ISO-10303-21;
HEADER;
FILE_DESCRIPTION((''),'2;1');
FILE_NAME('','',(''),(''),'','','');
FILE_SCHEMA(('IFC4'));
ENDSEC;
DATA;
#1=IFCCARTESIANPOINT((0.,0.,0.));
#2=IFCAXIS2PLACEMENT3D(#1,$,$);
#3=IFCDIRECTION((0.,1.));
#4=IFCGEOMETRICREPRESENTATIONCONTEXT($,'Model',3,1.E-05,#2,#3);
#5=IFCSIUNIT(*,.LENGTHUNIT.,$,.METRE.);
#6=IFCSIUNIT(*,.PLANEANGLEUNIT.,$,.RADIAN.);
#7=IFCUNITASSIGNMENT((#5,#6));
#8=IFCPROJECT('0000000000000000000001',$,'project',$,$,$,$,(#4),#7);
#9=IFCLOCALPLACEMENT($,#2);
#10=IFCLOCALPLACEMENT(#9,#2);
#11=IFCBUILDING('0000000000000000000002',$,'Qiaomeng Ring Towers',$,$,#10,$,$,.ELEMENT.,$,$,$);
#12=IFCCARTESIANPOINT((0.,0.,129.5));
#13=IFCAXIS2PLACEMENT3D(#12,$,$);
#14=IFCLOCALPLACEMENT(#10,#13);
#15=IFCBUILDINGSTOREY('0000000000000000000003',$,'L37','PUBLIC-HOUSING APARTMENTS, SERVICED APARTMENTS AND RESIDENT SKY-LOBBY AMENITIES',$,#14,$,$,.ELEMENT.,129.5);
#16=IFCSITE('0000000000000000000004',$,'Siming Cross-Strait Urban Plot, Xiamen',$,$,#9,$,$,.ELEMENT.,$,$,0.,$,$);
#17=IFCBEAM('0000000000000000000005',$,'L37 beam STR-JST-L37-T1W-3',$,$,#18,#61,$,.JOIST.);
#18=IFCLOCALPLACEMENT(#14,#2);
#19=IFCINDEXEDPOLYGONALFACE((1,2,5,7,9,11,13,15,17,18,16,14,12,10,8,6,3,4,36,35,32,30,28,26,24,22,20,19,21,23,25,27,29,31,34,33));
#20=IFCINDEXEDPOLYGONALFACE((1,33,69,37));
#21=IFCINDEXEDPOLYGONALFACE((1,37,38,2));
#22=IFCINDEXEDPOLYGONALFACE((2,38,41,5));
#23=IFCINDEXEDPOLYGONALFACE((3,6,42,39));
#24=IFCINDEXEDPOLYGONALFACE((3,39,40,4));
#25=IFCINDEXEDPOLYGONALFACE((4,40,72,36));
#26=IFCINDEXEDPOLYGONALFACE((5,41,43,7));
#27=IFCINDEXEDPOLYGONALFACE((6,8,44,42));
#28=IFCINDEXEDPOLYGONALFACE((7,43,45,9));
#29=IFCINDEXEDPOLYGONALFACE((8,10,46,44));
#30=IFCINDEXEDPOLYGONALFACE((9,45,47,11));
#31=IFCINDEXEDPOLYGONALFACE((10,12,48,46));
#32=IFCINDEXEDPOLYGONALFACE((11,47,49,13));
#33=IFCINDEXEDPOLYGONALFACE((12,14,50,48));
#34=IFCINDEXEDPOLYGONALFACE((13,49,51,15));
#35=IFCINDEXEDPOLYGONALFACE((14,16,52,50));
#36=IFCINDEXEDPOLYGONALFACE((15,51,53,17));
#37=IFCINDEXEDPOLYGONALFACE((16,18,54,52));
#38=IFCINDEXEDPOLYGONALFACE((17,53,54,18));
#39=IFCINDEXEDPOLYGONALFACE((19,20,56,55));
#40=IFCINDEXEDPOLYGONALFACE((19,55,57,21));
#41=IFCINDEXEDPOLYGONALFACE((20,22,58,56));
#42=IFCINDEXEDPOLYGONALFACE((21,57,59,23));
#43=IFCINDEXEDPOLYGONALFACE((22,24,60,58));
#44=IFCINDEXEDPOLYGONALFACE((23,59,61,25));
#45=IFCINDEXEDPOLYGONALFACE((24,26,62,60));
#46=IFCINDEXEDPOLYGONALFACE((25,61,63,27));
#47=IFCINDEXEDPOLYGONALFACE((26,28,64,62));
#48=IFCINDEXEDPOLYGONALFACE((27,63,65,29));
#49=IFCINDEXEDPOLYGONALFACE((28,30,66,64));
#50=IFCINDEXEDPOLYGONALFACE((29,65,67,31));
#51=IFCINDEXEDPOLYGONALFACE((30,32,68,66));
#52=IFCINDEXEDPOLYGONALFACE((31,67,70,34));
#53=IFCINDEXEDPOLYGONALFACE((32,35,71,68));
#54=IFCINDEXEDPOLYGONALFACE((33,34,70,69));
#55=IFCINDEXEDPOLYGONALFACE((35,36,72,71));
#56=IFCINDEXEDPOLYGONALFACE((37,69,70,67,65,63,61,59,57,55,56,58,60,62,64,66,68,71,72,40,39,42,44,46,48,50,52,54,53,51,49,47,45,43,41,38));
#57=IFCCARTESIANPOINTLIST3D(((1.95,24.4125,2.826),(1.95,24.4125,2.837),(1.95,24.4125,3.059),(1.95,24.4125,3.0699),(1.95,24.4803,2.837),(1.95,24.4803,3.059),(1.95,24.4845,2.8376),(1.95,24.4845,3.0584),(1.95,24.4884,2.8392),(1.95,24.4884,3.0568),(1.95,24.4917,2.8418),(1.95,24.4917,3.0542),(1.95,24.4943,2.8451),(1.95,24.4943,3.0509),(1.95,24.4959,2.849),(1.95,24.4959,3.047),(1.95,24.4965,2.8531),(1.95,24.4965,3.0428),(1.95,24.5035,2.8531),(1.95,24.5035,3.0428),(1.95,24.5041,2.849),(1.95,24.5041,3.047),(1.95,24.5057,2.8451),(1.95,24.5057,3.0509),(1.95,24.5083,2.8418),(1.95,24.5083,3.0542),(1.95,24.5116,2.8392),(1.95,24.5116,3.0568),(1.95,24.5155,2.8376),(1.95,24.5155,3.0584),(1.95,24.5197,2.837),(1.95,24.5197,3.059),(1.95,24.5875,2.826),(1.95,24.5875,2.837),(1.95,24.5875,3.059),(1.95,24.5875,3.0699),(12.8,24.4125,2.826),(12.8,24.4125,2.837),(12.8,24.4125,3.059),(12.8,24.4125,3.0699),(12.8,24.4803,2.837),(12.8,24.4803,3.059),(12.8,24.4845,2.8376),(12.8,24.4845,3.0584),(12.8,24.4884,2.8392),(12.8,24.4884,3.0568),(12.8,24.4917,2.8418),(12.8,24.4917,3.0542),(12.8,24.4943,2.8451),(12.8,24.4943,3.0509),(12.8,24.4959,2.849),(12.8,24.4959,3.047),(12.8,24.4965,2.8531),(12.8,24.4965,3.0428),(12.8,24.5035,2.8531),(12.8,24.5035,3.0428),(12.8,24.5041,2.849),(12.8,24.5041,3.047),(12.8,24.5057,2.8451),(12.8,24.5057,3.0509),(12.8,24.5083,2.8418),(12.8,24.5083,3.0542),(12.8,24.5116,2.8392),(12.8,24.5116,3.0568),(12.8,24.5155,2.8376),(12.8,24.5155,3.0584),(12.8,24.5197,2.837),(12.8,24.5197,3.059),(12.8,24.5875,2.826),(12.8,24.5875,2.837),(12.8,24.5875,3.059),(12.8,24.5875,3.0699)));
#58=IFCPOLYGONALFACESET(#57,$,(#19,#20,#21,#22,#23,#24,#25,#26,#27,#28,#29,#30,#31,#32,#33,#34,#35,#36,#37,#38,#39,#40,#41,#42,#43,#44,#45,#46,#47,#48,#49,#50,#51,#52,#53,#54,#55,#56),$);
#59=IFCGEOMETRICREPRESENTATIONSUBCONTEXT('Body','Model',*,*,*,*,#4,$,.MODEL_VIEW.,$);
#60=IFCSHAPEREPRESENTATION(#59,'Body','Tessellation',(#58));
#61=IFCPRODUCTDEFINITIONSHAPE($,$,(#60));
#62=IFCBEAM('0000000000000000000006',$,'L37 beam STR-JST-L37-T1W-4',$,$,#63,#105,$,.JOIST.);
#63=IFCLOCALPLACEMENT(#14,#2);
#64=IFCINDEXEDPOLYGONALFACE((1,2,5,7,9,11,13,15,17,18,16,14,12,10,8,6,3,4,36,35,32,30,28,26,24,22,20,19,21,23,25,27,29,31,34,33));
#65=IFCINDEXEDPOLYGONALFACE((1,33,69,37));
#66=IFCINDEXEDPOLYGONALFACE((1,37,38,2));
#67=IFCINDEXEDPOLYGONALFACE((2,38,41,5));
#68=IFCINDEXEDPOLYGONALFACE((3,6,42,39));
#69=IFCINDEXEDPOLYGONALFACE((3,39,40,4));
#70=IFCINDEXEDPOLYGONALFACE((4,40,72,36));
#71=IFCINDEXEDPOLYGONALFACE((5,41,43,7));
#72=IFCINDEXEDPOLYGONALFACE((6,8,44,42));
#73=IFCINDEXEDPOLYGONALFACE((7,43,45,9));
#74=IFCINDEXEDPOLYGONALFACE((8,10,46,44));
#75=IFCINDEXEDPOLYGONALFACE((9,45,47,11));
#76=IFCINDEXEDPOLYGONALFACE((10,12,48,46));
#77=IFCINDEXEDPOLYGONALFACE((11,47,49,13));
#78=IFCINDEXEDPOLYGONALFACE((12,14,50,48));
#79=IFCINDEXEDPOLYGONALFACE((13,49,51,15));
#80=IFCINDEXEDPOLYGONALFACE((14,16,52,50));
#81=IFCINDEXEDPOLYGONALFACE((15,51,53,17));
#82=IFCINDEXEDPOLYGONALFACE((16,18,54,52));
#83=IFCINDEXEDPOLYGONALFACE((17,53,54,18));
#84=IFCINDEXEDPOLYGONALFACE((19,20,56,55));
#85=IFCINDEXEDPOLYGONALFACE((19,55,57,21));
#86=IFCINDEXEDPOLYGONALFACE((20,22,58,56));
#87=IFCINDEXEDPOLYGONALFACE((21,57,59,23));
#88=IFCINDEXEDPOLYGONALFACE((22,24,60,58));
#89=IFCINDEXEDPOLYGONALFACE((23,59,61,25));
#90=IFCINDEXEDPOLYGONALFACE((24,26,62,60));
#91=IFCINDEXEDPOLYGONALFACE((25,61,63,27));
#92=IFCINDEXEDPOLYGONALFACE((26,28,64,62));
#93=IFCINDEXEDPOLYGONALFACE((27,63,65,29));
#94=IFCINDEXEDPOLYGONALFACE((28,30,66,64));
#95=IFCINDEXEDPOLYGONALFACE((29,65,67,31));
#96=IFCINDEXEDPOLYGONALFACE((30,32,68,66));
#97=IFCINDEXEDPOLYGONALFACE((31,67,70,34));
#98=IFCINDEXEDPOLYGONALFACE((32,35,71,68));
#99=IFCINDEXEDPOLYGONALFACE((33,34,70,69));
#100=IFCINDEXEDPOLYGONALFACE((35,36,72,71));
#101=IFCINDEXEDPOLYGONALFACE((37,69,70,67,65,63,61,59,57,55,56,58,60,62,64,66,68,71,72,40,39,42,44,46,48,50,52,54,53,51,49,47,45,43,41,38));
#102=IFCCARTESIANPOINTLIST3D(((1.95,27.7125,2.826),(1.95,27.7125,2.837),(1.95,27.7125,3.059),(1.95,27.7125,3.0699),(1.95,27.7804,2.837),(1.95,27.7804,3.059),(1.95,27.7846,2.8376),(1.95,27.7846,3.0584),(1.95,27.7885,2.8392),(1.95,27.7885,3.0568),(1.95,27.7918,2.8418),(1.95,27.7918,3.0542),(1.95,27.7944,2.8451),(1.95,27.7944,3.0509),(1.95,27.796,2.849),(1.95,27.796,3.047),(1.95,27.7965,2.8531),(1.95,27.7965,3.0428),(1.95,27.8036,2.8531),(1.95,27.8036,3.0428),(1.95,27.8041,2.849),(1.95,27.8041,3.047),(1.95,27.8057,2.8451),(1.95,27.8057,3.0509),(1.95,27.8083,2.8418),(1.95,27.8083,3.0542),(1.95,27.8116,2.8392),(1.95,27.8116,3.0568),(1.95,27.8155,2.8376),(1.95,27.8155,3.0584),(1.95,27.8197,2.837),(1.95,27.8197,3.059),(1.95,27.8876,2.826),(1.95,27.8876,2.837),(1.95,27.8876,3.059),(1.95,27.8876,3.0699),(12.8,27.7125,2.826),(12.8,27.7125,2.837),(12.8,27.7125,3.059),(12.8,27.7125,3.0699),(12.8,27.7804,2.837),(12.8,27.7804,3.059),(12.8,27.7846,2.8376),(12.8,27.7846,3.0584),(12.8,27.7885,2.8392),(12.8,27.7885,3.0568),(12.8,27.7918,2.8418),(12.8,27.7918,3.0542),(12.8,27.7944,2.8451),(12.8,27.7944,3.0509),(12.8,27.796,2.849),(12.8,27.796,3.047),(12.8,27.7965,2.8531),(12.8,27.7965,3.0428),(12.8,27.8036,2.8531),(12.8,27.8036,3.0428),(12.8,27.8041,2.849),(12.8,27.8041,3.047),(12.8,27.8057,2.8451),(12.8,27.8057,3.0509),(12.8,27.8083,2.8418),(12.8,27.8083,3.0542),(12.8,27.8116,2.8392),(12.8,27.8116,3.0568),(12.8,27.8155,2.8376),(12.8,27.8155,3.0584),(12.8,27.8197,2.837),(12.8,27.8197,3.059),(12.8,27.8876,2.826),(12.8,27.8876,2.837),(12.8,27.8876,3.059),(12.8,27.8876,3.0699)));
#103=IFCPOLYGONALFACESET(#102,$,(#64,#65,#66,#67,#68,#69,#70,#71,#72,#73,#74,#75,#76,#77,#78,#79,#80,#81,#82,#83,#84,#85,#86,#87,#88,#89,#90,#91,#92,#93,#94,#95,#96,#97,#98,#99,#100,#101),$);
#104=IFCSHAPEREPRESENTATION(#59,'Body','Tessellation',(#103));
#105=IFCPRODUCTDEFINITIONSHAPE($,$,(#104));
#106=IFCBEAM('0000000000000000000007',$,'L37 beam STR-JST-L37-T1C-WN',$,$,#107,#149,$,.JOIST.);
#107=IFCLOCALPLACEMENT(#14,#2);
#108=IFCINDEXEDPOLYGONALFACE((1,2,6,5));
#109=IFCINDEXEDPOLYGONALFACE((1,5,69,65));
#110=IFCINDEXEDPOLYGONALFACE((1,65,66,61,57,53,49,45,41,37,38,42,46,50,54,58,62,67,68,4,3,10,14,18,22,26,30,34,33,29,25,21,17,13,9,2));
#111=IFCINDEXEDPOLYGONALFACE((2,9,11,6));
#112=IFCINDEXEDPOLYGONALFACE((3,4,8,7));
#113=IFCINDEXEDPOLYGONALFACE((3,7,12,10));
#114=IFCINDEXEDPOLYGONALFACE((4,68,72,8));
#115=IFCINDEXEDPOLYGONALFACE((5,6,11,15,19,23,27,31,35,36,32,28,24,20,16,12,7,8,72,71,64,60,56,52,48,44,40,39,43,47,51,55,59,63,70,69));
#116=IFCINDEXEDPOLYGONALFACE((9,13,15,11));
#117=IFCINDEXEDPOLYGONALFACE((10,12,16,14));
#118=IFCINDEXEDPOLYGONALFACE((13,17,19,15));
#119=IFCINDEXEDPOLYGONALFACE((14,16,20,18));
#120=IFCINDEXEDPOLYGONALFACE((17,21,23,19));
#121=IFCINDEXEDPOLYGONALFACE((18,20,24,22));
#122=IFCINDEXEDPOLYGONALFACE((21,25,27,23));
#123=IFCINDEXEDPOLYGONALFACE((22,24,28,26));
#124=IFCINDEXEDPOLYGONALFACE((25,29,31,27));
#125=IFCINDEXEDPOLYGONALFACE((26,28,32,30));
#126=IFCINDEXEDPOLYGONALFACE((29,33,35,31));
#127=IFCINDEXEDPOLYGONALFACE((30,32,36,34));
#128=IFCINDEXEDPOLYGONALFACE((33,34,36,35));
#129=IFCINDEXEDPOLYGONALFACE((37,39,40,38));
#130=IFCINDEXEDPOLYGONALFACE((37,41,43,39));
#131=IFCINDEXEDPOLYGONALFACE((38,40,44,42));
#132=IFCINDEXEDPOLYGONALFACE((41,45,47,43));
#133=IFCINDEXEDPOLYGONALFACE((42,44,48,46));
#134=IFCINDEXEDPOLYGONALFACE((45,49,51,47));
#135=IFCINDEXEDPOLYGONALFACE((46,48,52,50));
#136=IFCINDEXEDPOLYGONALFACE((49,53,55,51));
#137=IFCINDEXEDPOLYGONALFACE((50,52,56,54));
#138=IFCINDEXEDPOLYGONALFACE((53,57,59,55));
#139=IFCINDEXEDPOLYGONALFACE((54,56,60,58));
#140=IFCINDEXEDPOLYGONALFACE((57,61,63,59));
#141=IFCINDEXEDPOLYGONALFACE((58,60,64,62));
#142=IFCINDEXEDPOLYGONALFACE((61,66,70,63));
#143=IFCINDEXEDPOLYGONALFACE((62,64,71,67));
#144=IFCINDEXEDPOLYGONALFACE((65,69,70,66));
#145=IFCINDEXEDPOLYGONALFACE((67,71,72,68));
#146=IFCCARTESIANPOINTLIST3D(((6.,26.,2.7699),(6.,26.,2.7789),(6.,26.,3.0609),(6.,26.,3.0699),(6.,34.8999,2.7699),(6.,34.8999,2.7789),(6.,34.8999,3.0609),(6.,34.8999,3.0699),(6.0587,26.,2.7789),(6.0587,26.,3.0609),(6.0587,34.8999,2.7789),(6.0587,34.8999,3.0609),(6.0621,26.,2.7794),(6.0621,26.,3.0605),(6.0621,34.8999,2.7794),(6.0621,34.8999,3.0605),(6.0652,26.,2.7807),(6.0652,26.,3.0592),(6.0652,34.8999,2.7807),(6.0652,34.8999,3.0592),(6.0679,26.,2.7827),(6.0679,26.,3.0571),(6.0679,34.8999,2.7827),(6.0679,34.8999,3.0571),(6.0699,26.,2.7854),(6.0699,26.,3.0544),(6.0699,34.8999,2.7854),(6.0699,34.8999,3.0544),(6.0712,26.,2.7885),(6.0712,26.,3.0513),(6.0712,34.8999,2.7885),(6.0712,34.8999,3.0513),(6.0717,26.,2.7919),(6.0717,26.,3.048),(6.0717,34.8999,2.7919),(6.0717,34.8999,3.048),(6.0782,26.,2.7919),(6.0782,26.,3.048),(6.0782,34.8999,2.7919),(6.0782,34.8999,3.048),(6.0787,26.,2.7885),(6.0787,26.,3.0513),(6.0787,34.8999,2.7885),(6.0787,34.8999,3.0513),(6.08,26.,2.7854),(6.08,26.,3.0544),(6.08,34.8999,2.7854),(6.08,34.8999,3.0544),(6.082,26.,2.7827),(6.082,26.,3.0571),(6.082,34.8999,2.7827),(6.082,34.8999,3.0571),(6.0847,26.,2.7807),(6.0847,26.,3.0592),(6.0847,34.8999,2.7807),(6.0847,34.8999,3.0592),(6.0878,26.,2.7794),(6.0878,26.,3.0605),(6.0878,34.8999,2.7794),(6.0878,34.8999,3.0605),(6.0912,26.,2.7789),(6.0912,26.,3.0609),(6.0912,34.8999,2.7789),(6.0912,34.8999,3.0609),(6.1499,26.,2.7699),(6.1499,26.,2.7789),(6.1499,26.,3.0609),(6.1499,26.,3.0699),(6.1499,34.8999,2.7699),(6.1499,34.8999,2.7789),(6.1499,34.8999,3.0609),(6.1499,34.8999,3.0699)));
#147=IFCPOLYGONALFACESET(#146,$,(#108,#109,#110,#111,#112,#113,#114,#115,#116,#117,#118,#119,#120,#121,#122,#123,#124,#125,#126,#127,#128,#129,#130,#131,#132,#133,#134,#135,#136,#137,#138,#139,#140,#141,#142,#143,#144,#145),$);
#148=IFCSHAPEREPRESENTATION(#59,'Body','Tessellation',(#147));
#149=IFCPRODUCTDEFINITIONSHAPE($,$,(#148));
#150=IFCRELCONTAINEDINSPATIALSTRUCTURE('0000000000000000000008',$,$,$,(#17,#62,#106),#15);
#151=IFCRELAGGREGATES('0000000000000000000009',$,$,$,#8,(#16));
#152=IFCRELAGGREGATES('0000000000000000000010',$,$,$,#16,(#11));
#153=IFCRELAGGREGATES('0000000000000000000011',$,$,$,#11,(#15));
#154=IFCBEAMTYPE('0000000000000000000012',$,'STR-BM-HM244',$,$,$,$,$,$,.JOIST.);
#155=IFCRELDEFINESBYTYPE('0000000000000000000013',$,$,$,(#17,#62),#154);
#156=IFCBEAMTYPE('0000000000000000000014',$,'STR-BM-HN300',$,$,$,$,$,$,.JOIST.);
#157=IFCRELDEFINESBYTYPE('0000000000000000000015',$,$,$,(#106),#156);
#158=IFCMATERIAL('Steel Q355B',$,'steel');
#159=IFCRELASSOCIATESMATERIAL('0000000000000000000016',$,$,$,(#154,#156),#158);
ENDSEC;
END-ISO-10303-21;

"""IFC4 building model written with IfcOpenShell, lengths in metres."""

from ifc_helpers import new_model, si_unit, direction, frame, origin, origin_2d, place, context, subcontext, project, spatial, i_section, extrude, source, transform, mapped, material, material_profile, profile_set, type_object, element, save


model = new_model("IFC4")

# Units and contexts
model_context = context("Model", 3, precision=1e-05, world=origin(), true_north=direction((0.0, 1.0)))
body_context = subcontext(model_context, "Body", "Model", "MODEL_VIEW")
ifc_project = project(units=[si_unit("LENGTHUNIT", "METRE"), si_unit("PLANEANGLEUNIT", "RADIAN")], contexts=[model_context])

# Site, building, storey
site_placement = place(None, origin())
site = spatial("IfcSite", under=ifc_project, at=site_placement, Name="Siming Cross-Strait Urban Plot, Xiamen", CompositionType="ELEMENT", RefElevation=0.0)
building_placement = place(site_placement, origin())
building = spatial("IfcBuilding", under=site, at=building_placement, Name="Qiaomeng Ring Towers", CompositionType="ELEMENT")
storey_placement = place(building_placement, frame((0.0, 0.0, 129.5)))
storey = spatial("IfcBuildingStorey", under=building, at=storey_placement, Name="L37", Description="PUBLIC-HOUSING APARTMENTS, SERVICED APARTMENTS AND RESIDENT SKY-LOBBY AMENITIES", CompositionType="ELEMENT", Elevation=129.5)

# Beams
ifc_material_1 = material(Name="Steel Q355B", Category="steel")
ifc_material_profile_1 = material_profile(ifc_material_1, i_section(OverallWidth=0.175, OverallDepth=0.2439, WebThickness=0.0071, FlangeThickness=0.011, FilletRadius=0.0161, at=origin_2d()), Name="HM 244x175x7x11")
ifc_profile_set_1 = profile_set([ifc_material_profile_1], Name="Steel Q355B")
beam_type_1 = type_object("IfcBeamType", Name="STR-BM-HM244", PredefinedType="JOIST", material=ifc_profile_set_1)
shared_shape_1 = source(origin(), body_context, "Body", "SweptSolid", [
    extrude(i_section(OverallWidth=0.175, OverallDepth=0.2439, WebThickness=0.0071, FlangeThickness=0.011, FilletRadius=0.0161, at=origin_2d()), origin(), (0.0, 0.0, 1.0), 10.8501),
])
for number, where, z_axis, x_axis, name in (
    (1, (1.95, 24.5, 2.948), (1.0, 0.0, 0.0), (0.0, 1.0, 0.0), "L37 beam STR-JST-L37-T1W-3"),
    (2, (1.95, 27.8, 2.948), (1.0, 0.0, 0.0), (0.0, 1.0, 0.0), "L37 beam STR-JST-L37-T1W-4"),
):
    element("IfcBeam", number, at=place(storey_placement, frame(where, z_axis=z_axis, x_axis=x_axis)), inside=storey, type_object=beam_type_1, Name=name, PredefinedType="JOIST", context=body_context, shape_type="MappedRepresentation", body=[
        mapped(shared_shape_1, transform((0.0, 0.0, 0.0), x_axis=(1.0, 0.0, 0.0), y_axis=(0.0, 1.0, 0.0), z_axis=(0.0, 0.0, 1.0), scale=1.0)),
    ])
ifc_material_profile_2 = material_profile(ifc_material_1, i_section(OverallWidth=0.1499, OverallDepth=0.3, WebThickness=0.0066, FlangeThickness=0.009, FilletRadius=0.0129, at=origin_2d()), Name="HN 300x150x6.5x9")
ifc_profile_set_2 = profile_set([ifc_material_profile_2], Name="Steel Q355B")
beam_type_2 = type_object("IfcBeamType", Name="STR-BM-HN300", PredefinedType="JOIST", material=ifc_profile_set_2)
shared_shape_2 = source(origin(), body_context, "Body", "SweptSolid", [
    extrude(i_section(OverallWidth=0.1499, OverallDepth=0.3, WebThickness=0.0066, FlangeThickness=0.009, FilletRadius=0.0129, at=origin_2d()), origin(), (0.0, 0.0, 1.0), 8.8999),
])
beam_1_placement = place(storey_placement, frame((6.075, 26.0, 2.9199), z_axis=(0.0, 1.0, 0.0), x_axis=(-1.0, 0.0, 0.0)))
element("IfcBeam", 3, at=beam_1_placement, inside=storey, type_object=beam_type_2, Name="L37 beam STR-JST-L37-T1C-WN", PredefinedType="JOIST", context=body_context, shape_type="MappedRepresentation", body=[
    mapped(shared_shape_2, transform((0.0, 0.0, 0.0), x_axis=(1.0, 0.0, 0.0), y_axis=(0.0, 1.0, 0.0), z_axis=(0.0, 0.0, 1.0), scale=1.0)),
])

save(model, "model.ifc")
